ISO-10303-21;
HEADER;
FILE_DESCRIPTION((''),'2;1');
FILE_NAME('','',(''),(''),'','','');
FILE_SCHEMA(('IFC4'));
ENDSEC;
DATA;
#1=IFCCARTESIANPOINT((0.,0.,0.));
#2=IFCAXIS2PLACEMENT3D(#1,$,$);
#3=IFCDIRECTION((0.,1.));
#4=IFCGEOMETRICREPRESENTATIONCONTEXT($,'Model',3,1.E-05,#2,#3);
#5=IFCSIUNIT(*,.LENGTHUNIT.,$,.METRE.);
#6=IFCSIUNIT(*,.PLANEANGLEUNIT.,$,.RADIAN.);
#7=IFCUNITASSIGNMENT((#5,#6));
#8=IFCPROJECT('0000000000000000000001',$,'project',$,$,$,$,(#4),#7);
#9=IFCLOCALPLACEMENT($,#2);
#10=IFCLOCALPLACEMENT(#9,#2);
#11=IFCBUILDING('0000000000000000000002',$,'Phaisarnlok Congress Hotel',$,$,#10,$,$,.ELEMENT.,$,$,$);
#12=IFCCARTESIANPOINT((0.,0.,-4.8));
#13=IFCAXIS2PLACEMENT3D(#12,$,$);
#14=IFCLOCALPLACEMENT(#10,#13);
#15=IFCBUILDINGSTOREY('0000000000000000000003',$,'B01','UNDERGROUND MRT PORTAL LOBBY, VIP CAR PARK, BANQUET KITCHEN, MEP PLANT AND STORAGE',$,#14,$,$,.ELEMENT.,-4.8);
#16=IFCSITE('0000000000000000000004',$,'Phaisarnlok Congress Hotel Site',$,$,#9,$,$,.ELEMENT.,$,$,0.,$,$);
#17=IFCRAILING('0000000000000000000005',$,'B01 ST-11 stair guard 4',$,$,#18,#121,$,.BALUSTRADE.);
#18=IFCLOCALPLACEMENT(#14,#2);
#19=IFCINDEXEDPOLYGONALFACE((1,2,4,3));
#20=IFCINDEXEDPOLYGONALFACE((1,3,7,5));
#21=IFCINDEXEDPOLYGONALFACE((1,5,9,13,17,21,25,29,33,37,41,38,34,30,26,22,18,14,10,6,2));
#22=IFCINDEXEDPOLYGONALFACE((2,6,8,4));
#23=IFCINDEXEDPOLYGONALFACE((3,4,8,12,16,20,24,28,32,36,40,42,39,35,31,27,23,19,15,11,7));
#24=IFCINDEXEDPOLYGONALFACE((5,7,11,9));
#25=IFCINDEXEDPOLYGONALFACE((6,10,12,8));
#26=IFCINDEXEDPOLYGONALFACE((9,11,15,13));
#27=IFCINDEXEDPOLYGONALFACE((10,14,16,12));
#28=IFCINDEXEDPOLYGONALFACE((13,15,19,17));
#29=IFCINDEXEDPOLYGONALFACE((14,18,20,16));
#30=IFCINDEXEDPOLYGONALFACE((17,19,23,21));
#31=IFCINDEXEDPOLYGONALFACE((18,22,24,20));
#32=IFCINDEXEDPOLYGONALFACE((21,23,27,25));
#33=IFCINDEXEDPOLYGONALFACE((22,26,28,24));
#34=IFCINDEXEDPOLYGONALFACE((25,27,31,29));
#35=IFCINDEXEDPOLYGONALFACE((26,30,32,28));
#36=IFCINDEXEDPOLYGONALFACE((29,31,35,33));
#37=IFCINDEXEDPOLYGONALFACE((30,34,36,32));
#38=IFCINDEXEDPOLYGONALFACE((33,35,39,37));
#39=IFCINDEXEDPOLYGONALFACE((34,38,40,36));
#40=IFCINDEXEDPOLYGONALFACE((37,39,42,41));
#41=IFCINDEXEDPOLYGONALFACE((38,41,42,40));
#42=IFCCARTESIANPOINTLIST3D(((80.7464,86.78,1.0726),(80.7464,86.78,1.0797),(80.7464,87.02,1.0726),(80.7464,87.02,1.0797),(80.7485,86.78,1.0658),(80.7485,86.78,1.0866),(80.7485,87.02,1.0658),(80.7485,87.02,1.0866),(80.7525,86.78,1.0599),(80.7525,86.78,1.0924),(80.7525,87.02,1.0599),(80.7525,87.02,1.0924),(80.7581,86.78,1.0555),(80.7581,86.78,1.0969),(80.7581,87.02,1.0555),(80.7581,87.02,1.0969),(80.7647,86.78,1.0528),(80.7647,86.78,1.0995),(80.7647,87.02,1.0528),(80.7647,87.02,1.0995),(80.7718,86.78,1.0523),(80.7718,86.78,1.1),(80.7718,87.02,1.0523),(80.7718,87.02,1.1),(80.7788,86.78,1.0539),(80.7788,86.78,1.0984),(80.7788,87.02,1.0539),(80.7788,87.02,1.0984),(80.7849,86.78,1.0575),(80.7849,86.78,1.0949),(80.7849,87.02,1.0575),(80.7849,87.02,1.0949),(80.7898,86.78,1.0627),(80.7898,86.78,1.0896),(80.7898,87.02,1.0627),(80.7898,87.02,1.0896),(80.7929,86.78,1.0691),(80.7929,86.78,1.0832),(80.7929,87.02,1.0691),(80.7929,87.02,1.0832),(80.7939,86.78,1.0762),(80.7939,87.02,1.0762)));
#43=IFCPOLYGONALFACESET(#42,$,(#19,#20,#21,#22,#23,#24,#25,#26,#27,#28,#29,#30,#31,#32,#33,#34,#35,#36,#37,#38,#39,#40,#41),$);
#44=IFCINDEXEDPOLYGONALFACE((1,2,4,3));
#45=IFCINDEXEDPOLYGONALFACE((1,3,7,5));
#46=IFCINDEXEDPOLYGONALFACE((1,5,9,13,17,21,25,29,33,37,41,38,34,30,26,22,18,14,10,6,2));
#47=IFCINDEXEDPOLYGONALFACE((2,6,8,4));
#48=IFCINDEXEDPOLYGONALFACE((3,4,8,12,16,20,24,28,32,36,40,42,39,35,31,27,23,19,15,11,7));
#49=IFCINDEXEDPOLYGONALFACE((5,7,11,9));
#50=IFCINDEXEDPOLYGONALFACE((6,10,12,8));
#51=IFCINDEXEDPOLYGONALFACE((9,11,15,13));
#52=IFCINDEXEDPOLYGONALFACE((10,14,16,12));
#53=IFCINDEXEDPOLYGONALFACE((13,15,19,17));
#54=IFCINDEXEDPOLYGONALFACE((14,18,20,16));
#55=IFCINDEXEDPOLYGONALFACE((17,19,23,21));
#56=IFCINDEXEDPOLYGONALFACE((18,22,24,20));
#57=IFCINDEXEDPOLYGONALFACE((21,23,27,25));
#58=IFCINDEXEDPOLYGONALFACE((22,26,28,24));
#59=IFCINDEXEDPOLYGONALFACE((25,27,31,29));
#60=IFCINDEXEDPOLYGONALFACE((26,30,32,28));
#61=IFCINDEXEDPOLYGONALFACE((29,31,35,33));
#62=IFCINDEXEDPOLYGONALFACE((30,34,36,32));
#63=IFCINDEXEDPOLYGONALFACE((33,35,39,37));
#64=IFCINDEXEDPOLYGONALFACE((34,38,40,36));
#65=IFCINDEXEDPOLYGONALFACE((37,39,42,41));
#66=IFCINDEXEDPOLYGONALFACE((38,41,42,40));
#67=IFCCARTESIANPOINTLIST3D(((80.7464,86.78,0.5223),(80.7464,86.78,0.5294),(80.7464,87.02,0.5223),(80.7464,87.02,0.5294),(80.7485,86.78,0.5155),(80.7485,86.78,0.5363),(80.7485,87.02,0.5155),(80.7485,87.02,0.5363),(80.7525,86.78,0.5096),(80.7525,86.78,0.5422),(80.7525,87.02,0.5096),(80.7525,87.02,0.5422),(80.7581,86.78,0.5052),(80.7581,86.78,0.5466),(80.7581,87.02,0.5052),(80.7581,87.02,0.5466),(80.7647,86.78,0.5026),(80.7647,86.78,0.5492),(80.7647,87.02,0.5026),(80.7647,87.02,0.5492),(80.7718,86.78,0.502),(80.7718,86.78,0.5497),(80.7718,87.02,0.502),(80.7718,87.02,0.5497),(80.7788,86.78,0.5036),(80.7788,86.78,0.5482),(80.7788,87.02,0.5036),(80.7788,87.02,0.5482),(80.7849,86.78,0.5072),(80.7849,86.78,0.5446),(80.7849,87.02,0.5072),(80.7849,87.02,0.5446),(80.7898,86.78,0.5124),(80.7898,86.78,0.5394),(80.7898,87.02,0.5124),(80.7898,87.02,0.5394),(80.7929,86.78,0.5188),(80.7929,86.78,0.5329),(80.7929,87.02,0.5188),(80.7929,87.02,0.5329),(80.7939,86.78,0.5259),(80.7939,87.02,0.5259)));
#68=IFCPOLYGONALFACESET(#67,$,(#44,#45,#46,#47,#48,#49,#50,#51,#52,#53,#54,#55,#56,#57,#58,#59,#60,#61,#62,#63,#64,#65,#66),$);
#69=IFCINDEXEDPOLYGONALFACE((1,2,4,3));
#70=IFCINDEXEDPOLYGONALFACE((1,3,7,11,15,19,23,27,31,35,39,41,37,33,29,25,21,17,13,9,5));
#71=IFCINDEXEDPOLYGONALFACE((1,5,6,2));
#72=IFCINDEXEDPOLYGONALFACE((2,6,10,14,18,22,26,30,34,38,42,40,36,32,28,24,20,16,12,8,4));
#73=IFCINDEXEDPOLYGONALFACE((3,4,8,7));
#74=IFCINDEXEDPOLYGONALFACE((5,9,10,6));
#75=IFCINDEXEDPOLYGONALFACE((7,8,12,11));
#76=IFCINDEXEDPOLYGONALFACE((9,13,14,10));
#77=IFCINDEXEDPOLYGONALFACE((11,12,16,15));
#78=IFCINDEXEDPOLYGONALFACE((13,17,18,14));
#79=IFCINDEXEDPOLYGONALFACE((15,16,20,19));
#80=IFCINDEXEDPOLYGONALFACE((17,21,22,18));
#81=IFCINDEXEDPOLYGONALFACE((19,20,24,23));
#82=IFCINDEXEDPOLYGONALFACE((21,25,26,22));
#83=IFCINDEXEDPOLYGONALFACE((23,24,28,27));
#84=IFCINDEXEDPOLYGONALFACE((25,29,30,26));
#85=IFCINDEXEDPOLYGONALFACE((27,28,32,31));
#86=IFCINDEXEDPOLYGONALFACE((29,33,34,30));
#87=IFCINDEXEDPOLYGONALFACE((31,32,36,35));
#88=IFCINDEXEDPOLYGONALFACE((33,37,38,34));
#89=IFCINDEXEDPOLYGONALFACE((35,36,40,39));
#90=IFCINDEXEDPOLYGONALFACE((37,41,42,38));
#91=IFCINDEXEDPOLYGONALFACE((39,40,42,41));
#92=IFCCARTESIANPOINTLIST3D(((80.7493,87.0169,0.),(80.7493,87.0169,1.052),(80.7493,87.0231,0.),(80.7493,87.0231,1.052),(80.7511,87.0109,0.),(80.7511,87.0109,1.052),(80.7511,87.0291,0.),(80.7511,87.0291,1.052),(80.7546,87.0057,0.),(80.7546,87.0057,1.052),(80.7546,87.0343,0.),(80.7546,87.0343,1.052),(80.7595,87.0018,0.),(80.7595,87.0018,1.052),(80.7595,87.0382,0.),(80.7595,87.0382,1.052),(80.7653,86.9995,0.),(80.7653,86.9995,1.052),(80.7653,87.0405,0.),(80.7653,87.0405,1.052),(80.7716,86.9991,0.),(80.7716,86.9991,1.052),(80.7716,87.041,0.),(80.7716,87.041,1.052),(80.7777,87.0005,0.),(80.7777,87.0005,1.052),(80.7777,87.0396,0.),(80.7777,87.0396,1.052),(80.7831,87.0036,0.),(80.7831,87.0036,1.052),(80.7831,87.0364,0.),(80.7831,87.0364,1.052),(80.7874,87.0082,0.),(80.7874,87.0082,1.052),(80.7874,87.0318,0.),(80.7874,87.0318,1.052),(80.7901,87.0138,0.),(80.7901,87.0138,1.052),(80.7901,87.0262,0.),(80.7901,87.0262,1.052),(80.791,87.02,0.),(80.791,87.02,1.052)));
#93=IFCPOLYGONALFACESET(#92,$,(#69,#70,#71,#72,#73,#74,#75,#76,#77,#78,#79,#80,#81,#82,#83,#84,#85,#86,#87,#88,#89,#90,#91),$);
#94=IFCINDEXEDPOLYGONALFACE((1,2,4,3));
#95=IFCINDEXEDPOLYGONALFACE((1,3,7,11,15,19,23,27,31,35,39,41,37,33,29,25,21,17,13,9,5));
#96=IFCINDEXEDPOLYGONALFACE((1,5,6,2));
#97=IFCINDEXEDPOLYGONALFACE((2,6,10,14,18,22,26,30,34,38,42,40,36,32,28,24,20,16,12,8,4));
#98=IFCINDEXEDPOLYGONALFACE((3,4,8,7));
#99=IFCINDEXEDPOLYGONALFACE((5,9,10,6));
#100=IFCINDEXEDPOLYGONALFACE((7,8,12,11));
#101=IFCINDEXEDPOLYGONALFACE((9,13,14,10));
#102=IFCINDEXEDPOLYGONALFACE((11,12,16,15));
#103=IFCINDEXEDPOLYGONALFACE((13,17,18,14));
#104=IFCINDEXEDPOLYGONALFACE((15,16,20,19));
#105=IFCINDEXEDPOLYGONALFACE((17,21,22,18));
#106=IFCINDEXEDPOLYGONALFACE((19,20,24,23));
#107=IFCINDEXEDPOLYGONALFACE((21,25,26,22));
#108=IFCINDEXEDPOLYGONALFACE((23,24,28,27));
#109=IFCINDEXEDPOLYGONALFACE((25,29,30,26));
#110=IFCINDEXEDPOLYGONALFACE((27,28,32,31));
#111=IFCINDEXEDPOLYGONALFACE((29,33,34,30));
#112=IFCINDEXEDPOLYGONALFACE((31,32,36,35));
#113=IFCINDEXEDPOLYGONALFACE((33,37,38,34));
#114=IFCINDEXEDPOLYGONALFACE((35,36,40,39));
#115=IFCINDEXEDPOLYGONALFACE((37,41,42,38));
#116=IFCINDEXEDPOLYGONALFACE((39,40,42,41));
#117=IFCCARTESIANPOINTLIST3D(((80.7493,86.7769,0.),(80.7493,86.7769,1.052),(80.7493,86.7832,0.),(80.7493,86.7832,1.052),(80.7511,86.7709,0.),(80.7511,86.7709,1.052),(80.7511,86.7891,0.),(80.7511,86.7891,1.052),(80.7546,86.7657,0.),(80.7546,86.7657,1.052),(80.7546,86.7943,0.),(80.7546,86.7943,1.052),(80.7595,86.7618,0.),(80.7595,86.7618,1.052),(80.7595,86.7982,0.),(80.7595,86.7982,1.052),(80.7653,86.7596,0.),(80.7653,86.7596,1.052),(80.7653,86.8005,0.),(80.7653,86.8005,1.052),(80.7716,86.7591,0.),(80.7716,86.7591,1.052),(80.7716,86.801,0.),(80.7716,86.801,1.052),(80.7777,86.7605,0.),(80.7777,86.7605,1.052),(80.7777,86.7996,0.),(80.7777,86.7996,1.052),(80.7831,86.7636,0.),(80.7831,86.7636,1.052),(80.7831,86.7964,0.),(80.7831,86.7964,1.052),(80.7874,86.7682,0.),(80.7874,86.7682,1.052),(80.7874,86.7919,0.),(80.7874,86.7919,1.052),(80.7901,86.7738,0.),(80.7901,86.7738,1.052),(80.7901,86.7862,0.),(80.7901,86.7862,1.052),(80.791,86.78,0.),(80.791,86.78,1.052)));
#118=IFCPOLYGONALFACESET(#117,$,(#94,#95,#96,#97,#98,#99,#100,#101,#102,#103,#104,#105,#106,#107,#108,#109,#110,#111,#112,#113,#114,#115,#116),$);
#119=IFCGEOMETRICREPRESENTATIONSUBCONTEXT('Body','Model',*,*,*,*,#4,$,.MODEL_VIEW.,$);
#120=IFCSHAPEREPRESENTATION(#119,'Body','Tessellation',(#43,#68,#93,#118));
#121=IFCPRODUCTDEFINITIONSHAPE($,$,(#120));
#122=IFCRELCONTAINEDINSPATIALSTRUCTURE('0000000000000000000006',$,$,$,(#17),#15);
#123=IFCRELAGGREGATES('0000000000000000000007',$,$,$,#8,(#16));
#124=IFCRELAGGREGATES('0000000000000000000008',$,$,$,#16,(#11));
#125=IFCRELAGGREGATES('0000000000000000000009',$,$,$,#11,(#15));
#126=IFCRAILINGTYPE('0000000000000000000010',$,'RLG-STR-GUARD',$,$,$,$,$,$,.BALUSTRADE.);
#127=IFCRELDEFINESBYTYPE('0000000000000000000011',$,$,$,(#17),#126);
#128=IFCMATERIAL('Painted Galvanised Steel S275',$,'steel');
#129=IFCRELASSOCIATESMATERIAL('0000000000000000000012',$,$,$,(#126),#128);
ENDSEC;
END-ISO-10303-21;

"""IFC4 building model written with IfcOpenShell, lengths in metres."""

from ifc_helpers import new_model, si_unit, direction, frame, origin, origin_2d, place, context, subcontext, project, spatial, circle, extrude, material, type_object, element, save


model = new_model("IFC4")

# Units and contexts
model_context = context("Model", 3, precision=1e-05, world=origin(), true_north=direction((0.0, 1.0)))
body_context = subcontext(model_context, "Body", "Model", "MODEL_VIEW")
ifc_project = project(units=[si_unit("LENGTHUNIT", "METRE"), si_unit("PLANEANGLEUNIT", "RADIAN")], contexts=[model_context])

# Site, building, storey
site_placement = place(None, origin())
site = spatial("IfcSite", under=ifc_project, at=site_placement, Name="Phaisarnlok Congress Hotel Site", CompositionType="ELEMENT", RefElevation=0.0)
building_placement = place(site_placement, origin())
building = spatial("IfcBuilding", under=site, at=building_placement, Name="Phaisarnlok Congress Hotel", CompositionType="ELEMENT")
storey_placement = place(building_placement, frame((0.0, 0.0, -4.8)))
storey = spatial("IfcBuildingStorey", under=building, at=storey_placement, Name="B01", Description="UNDERGROUND MRT PORTAL LOBBY, VIP CAR PARK, BANQUET KITCHEN, MEP PLANT AND STORAGE", CompositionType="ELEMENT", Elevation=-4.8)

# Railing
ifc_material_1 = material(Name="Painted Galvanised Steel S275", Category="steel")
railing_type_1 = type_object("IfcRailingType", Name="RLG-STR-GUARD", PredefinedType="BALUSTRADE", material=ifc_material_1)
railing_1_placement = place(storey_placement, frame((80.77, 87.02, 0.0)))
element("IfcRailing", 1, at=railing_1_placement, inside=storey, type_object=railing_type_1, Name="B01 ST-11 stair guard 4", PredefinedType="BALUSTRADE", context=body_context, shape_type="SweptSolid", body=[
    extrude(circle(Radius=0.0239, at=origin_2d()), frame((0.0, 0.0, 1.0762), z_axis=(0.0, -1.0, 0.0), x_axis=(1.0, 0.0, 0.0)), (0.0, 0.0, 1.0), 0.24),
    extrude(circle(Radius=0.0239, at=origin_2d()), frame((0.0, 0.0, 0.5259), z_axis=(0.0, -1.0, 0.0), x_axis=(1.0, 0.0, 0.0)), (0.0, 0.0, 1.0), 0.24),
    extrude(circle(Radius=0.021, at=origin_2d()), origin(), (0.0, 0.0, 1.0), 1.052),
    extrude(circle(Radius=0.021, at=origin_2d()), frame((0.0, -0.24, 0.0)), (0.0, 0.0, 1.0), 1.052),
])

save(model, "model.ifc")
